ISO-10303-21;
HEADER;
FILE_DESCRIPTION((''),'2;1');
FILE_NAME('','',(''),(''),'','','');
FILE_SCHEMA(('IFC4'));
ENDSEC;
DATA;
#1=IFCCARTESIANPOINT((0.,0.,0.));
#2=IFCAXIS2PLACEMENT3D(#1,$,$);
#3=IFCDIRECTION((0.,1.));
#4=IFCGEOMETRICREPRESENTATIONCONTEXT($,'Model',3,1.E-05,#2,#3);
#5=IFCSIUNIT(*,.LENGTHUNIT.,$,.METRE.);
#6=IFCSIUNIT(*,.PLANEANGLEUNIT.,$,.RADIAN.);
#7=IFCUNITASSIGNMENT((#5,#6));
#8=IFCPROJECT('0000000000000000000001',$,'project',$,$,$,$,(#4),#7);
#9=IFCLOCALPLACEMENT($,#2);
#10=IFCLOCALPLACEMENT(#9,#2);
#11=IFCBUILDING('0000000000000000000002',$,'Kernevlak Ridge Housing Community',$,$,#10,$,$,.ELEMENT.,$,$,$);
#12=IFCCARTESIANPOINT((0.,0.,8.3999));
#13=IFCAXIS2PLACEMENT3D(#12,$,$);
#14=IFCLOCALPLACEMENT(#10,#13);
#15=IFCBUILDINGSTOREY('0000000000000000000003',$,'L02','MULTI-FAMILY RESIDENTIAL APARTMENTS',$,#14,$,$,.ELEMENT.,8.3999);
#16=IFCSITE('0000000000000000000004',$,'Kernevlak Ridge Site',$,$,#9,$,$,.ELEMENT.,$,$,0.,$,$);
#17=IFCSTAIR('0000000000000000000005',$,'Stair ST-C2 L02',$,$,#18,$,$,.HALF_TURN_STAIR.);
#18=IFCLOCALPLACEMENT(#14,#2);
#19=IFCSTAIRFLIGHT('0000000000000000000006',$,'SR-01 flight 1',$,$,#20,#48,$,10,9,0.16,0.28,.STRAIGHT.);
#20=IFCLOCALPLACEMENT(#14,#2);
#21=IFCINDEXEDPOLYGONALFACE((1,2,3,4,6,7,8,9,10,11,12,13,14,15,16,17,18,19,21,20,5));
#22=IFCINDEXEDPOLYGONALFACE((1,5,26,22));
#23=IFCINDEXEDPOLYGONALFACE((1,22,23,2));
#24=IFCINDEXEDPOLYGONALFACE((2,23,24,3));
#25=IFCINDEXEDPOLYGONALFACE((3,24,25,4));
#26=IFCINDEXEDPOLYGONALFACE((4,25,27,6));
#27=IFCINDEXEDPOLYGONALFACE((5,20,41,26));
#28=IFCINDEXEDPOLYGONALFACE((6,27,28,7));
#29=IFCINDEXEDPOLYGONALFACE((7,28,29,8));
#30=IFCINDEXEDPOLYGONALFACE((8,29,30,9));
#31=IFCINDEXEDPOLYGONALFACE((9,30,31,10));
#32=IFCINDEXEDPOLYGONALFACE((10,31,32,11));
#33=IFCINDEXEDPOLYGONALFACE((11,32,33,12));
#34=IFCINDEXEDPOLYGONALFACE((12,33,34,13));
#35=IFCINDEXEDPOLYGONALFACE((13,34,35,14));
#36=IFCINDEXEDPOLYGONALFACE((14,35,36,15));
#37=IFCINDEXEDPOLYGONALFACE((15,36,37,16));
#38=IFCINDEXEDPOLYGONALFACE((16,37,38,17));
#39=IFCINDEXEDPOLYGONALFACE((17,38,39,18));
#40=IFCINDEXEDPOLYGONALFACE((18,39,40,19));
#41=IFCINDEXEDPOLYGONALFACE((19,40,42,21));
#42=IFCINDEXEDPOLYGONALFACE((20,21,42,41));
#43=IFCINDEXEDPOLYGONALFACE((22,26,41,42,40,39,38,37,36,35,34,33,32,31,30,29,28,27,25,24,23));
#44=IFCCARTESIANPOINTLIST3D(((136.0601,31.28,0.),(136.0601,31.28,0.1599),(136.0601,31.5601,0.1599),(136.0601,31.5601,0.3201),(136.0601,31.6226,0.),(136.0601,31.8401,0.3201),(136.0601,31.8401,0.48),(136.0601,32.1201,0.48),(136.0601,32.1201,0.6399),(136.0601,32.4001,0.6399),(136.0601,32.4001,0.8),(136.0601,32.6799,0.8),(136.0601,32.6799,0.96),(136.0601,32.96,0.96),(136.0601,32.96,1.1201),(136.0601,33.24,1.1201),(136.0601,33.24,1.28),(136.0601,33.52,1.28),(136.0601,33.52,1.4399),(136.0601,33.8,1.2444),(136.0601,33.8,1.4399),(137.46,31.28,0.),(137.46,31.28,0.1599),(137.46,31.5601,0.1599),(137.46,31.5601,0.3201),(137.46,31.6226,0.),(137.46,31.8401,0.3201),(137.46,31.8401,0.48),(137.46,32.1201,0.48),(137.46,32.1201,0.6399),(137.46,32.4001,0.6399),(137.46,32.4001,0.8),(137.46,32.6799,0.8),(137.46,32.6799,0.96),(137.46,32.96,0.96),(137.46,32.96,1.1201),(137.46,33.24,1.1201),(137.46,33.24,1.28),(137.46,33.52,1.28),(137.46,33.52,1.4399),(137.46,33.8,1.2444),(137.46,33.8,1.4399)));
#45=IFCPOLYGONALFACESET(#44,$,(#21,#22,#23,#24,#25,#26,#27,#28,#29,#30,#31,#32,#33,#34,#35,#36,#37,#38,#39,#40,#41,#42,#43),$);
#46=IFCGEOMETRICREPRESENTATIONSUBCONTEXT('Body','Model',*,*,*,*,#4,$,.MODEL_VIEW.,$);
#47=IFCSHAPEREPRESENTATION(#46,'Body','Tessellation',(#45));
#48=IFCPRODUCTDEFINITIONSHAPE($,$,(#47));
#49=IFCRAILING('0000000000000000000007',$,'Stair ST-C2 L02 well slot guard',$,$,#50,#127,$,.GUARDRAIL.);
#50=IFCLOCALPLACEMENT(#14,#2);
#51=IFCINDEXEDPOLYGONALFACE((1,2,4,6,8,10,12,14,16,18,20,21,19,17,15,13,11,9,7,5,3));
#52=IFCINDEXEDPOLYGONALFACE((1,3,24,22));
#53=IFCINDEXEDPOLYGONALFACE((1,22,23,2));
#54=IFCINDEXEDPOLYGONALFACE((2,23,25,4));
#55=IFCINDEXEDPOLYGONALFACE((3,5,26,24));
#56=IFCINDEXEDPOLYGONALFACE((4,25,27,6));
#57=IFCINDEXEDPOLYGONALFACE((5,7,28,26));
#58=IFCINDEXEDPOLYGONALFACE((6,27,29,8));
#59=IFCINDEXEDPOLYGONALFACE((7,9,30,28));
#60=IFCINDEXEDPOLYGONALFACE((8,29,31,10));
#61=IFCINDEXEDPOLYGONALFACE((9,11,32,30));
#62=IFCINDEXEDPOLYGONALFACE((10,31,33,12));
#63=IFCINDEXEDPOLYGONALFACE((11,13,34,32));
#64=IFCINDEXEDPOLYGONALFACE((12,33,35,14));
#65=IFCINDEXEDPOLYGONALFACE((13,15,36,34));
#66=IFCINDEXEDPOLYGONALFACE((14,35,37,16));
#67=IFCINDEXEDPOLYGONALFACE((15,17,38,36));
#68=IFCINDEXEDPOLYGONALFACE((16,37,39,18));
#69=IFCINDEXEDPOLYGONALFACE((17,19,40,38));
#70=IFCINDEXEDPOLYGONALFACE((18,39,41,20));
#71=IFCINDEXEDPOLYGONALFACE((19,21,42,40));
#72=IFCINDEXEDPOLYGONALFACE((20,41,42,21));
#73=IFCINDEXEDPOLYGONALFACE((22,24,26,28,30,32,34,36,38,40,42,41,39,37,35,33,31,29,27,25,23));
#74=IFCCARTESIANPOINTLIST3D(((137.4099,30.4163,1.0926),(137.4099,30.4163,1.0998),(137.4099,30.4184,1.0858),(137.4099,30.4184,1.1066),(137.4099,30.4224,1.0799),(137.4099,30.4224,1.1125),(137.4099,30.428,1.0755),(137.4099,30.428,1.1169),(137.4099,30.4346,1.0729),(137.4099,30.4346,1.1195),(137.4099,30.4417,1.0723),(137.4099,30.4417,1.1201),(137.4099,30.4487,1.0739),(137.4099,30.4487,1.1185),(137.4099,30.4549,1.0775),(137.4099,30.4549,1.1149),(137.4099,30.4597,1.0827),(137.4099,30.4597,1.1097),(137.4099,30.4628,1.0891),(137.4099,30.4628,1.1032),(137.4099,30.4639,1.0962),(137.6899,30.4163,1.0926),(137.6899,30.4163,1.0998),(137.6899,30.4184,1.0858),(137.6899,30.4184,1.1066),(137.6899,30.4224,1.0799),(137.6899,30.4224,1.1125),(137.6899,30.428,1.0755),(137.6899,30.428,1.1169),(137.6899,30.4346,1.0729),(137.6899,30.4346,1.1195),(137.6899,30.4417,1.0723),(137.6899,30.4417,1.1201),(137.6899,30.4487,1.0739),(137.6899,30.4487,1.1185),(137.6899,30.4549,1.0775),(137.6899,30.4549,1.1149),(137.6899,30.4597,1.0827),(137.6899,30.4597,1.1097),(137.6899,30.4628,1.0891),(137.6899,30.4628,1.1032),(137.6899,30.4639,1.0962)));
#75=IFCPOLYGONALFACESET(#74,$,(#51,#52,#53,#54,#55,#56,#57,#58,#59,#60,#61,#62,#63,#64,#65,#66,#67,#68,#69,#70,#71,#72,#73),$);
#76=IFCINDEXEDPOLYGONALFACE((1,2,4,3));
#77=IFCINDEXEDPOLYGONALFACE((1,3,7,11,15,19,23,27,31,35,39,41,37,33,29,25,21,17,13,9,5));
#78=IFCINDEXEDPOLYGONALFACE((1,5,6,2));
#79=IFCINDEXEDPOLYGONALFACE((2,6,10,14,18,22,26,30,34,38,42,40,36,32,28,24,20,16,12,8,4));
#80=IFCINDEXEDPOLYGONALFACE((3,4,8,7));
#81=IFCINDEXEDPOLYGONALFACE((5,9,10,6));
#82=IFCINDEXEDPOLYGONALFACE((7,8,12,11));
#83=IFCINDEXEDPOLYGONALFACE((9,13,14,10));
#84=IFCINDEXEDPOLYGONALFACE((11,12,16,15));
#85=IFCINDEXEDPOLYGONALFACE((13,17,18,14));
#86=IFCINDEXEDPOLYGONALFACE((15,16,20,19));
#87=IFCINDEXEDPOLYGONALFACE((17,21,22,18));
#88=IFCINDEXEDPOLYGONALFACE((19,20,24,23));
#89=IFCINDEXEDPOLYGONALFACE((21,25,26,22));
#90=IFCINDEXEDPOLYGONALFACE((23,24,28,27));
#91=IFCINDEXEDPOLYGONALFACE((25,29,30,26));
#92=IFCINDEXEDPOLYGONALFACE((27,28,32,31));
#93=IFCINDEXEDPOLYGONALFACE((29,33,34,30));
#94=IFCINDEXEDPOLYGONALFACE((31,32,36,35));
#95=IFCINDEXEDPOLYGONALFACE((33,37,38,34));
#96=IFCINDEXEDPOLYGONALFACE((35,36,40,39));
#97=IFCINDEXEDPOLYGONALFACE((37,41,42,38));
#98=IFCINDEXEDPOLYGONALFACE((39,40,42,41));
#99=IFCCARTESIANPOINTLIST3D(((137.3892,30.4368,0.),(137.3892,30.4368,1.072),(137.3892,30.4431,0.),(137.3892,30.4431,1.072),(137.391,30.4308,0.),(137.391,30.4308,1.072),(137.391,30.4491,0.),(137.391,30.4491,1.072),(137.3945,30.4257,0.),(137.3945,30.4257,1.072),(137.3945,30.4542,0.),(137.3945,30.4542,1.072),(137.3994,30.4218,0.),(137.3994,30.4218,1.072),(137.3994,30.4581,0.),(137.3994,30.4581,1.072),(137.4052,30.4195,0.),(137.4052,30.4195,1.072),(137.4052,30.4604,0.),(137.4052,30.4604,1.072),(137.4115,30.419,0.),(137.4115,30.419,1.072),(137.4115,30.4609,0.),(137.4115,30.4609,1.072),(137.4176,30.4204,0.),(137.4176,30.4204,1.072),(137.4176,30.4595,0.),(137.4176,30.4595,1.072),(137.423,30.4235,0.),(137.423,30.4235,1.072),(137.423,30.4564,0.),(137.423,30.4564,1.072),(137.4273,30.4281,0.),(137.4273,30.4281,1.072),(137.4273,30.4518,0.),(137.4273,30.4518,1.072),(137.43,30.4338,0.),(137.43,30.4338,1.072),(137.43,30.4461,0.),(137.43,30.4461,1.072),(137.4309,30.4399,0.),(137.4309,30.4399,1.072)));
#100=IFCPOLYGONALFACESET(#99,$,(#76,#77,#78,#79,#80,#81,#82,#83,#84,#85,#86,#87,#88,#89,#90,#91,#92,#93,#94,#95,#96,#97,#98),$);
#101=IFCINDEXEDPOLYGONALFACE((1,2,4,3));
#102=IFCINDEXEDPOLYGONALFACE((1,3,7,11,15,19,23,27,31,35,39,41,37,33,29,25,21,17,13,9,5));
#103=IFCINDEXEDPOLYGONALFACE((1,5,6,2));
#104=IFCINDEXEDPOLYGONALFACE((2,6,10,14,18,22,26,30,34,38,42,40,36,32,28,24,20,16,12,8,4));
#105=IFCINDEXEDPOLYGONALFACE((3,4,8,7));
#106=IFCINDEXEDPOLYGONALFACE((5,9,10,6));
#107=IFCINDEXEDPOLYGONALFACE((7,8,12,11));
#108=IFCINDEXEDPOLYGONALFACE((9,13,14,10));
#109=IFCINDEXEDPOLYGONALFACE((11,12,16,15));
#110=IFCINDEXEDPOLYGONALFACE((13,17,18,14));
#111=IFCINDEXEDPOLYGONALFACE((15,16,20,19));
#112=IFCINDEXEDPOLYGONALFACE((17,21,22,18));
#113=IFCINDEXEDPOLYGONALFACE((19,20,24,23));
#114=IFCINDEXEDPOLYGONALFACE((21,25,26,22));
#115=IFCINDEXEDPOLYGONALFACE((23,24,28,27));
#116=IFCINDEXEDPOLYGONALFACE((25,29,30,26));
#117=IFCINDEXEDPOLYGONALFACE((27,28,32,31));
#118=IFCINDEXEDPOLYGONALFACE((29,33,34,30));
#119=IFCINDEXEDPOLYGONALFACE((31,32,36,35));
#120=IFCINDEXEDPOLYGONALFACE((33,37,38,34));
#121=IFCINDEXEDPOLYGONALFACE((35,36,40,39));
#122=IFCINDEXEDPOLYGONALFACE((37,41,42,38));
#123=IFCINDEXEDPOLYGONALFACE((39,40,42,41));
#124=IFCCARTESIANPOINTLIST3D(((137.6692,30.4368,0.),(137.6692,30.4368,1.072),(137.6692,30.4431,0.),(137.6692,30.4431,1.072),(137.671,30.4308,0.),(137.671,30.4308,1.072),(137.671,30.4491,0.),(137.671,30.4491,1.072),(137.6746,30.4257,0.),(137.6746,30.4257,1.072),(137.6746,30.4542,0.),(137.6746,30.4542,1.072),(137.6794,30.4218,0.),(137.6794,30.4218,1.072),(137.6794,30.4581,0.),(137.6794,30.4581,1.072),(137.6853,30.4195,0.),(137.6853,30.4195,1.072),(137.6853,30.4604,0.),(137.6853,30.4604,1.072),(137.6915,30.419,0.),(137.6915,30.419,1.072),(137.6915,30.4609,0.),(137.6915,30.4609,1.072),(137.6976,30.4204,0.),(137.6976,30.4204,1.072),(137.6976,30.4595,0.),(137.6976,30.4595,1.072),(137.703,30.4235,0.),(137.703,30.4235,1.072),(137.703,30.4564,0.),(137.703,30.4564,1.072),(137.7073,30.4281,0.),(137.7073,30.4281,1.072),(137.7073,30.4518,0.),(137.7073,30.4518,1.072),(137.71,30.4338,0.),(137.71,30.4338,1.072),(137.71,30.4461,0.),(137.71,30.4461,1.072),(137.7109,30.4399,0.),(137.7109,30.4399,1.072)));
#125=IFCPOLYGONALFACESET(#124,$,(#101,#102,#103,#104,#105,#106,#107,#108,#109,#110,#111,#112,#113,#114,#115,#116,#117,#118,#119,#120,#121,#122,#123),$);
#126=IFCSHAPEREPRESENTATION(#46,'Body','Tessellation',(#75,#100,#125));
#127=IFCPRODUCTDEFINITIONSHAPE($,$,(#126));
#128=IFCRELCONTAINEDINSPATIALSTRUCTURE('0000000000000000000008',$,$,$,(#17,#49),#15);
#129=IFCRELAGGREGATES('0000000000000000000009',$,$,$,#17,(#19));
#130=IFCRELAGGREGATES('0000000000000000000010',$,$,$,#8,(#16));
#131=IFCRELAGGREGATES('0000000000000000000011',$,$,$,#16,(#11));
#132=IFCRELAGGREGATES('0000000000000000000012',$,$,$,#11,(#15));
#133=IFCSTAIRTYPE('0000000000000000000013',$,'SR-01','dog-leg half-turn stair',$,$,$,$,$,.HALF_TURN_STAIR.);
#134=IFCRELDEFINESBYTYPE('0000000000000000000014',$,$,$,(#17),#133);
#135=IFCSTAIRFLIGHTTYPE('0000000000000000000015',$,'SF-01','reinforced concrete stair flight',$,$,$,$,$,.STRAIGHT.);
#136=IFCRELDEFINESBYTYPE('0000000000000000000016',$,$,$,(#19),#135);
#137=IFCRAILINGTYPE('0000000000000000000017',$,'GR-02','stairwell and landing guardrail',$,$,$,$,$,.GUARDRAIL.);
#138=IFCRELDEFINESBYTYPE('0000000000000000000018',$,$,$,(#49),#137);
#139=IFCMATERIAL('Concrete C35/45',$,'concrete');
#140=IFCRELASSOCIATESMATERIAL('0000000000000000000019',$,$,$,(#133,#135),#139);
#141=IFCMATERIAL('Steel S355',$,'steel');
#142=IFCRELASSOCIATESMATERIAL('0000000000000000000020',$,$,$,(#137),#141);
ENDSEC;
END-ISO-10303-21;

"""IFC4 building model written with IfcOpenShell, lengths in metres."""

from ifc_helpers import new_model, si_unit, direction, frame, origin, origin_2d, place, context, subcontext, project, spatial, polyline, circle, outline, extrude, material, type_object, element, aggregate, save


model = new_model("IFC4")

# Units and contexts
model_context = context("Model", 3, precision=1e-05, world=origin(), true_north=direction((0.0, 1.0)))
body_context = subcontext(model_context, "Body", "Model", "MODEL_VIEW")
ifc_project = project(units=[si_unit("LENGTHUNIT", "METRE"), si_unit("PLANEANGLEUNIT", "RADIAN")], contexts=[model_context])

# Site, building, storey
site_placement = place(None, origin())
site = spatial("IfcSite", under=ifc_project, at=site_placement, Name="Kernevlak Ridge Site", CompositionType="ELEMENT", RefElevation=0.0)
building_placement = place(site_placement, origin())
building = spatial("IfcBuilding", under=site, at=building_placement, Name="Kernevlak Ridge Housing Community", CompositionType="ELEMENT")
storey_placement = place(building_placement, frame((0.0, 0.0, 8.3999)))
storey = spatial("IfcBuildingStorey", under=building, at=storey_placement, Name="L02", Description="MULTI-FAMILY RESIDENTIAL APARTMENTS", CompositionType="ELEMENT", Elevation=8.3999)

# Shared definitions
ifc_material_1 = material(Name="Concrete C35/45", Category="concrete")

# Stair, stair flight
stair_type = type_object("IfcStairType", Name="SR-01", Description="dog-leg half-turn stair", PredefinedType="HALF_TURN_STAIR", material=ifc_material_1)
stair_placement = place(storey_placement, origin())
stair = element("IfcStair", 1, at=stair_placement, inside=storey, type_object=stair_type, Name="Stair ST-C2 L02", PredefinedType="HALF_TURN_STAIR")
stair_flight_type = type_object("IfcStairFlightType", Name="SF-01", Description="reinforced concrete stair flight", PredefinedType="STRAIGHT", material=ifc_material_1)
stair_flight_placement = place(storey_placement, frame((136.76, 31.28, 0.0), z_axis=(0.0, 0.0, 1.0), x_axis=(0.0, 1.0, 0.0)))
stair_flight = element("IfcStairFlight", 2, at=stair_flight_placement, type_object=stair_flight_type, Name="SR-01 flight 1", NumberOfRisers=10, NumberOfTreads=9, PredefinedType="STRAIGHT", RiserHeight=0.16, TreadLength=0.28, context=body_context, shape_type="SweptSolid", body=[
    extrude(outline(polyline([(0.0, 0.0), (0.0, 0.1599), (0.28, 0.1599), (0.28, 0.3201), (0.5601, 0.3201), (0.5601, 0.48), (0.8401, 0.48), (0.8401, 0.6399), (1.1201, 0.6399), (1.1201, 0.8), (1.3999, 0.8), (1.3999, 0.96), (1.6799, 0.96), (1.6799, 1.1201), (1.96, 1.1201), (1.96, 1.28), (2.24, 1.28), (2.24, 1.4399), (2.52, 1.4399), (2.52, 1.6001), (2.52, 1.2444), (0.3425, 0.0), (0.0, 0.0)])), frame((0.0, 0.7, 0.0), z_axis=(0.0, -1.0, 0.0), x_axis=(1.0, 0.0, 0.0)), (0.0, 0.0, 1.0), 1.3999),
])
aggregate(stair, [stair_flight])

# Railing
ifc_material_2 = material(Name="Steel S355", Category="steel")
railing_type_1 = type_object("IfcRailingType", Name="GR-02", Description="stairwell and landing guardrail", PredefinedType="GUARDRAIL", material=ifc_material_2)
railing_1_placement = place(storey_placement, frame((137.4099, 30.4399, 0.0)))
element("IfcRailing", 3, at=railing_1_placement, inside=storey, type_object=railing_type_1, Name="Stair ST-C2 L02 well slot guard", PredefinedType="GUARDRAIL", context=body_context, shape_type="SweptSolid", body=[
    extrude(circle(Radius=0.0239, at=origin_2d()), frame((0.0, 0.0, 1.0962), z_axis=(1.0, 0.0, 0.0), x_axis=(0.0, 1.0, 0.0)), (0.0, 0.0, 1.0), 0.28),
    extrude(circle(Radius=0.021, at=origin_2d()), origin(), (0.0, 0.0, 1.0), 1.072),
    extrude(circle(Radius=0.021, at=origin_2d()), frame((0.28, 0.0, 0.0)), (0.0, 0.0, 1.0), 1.072),
])

save(model, "model.ifc")
